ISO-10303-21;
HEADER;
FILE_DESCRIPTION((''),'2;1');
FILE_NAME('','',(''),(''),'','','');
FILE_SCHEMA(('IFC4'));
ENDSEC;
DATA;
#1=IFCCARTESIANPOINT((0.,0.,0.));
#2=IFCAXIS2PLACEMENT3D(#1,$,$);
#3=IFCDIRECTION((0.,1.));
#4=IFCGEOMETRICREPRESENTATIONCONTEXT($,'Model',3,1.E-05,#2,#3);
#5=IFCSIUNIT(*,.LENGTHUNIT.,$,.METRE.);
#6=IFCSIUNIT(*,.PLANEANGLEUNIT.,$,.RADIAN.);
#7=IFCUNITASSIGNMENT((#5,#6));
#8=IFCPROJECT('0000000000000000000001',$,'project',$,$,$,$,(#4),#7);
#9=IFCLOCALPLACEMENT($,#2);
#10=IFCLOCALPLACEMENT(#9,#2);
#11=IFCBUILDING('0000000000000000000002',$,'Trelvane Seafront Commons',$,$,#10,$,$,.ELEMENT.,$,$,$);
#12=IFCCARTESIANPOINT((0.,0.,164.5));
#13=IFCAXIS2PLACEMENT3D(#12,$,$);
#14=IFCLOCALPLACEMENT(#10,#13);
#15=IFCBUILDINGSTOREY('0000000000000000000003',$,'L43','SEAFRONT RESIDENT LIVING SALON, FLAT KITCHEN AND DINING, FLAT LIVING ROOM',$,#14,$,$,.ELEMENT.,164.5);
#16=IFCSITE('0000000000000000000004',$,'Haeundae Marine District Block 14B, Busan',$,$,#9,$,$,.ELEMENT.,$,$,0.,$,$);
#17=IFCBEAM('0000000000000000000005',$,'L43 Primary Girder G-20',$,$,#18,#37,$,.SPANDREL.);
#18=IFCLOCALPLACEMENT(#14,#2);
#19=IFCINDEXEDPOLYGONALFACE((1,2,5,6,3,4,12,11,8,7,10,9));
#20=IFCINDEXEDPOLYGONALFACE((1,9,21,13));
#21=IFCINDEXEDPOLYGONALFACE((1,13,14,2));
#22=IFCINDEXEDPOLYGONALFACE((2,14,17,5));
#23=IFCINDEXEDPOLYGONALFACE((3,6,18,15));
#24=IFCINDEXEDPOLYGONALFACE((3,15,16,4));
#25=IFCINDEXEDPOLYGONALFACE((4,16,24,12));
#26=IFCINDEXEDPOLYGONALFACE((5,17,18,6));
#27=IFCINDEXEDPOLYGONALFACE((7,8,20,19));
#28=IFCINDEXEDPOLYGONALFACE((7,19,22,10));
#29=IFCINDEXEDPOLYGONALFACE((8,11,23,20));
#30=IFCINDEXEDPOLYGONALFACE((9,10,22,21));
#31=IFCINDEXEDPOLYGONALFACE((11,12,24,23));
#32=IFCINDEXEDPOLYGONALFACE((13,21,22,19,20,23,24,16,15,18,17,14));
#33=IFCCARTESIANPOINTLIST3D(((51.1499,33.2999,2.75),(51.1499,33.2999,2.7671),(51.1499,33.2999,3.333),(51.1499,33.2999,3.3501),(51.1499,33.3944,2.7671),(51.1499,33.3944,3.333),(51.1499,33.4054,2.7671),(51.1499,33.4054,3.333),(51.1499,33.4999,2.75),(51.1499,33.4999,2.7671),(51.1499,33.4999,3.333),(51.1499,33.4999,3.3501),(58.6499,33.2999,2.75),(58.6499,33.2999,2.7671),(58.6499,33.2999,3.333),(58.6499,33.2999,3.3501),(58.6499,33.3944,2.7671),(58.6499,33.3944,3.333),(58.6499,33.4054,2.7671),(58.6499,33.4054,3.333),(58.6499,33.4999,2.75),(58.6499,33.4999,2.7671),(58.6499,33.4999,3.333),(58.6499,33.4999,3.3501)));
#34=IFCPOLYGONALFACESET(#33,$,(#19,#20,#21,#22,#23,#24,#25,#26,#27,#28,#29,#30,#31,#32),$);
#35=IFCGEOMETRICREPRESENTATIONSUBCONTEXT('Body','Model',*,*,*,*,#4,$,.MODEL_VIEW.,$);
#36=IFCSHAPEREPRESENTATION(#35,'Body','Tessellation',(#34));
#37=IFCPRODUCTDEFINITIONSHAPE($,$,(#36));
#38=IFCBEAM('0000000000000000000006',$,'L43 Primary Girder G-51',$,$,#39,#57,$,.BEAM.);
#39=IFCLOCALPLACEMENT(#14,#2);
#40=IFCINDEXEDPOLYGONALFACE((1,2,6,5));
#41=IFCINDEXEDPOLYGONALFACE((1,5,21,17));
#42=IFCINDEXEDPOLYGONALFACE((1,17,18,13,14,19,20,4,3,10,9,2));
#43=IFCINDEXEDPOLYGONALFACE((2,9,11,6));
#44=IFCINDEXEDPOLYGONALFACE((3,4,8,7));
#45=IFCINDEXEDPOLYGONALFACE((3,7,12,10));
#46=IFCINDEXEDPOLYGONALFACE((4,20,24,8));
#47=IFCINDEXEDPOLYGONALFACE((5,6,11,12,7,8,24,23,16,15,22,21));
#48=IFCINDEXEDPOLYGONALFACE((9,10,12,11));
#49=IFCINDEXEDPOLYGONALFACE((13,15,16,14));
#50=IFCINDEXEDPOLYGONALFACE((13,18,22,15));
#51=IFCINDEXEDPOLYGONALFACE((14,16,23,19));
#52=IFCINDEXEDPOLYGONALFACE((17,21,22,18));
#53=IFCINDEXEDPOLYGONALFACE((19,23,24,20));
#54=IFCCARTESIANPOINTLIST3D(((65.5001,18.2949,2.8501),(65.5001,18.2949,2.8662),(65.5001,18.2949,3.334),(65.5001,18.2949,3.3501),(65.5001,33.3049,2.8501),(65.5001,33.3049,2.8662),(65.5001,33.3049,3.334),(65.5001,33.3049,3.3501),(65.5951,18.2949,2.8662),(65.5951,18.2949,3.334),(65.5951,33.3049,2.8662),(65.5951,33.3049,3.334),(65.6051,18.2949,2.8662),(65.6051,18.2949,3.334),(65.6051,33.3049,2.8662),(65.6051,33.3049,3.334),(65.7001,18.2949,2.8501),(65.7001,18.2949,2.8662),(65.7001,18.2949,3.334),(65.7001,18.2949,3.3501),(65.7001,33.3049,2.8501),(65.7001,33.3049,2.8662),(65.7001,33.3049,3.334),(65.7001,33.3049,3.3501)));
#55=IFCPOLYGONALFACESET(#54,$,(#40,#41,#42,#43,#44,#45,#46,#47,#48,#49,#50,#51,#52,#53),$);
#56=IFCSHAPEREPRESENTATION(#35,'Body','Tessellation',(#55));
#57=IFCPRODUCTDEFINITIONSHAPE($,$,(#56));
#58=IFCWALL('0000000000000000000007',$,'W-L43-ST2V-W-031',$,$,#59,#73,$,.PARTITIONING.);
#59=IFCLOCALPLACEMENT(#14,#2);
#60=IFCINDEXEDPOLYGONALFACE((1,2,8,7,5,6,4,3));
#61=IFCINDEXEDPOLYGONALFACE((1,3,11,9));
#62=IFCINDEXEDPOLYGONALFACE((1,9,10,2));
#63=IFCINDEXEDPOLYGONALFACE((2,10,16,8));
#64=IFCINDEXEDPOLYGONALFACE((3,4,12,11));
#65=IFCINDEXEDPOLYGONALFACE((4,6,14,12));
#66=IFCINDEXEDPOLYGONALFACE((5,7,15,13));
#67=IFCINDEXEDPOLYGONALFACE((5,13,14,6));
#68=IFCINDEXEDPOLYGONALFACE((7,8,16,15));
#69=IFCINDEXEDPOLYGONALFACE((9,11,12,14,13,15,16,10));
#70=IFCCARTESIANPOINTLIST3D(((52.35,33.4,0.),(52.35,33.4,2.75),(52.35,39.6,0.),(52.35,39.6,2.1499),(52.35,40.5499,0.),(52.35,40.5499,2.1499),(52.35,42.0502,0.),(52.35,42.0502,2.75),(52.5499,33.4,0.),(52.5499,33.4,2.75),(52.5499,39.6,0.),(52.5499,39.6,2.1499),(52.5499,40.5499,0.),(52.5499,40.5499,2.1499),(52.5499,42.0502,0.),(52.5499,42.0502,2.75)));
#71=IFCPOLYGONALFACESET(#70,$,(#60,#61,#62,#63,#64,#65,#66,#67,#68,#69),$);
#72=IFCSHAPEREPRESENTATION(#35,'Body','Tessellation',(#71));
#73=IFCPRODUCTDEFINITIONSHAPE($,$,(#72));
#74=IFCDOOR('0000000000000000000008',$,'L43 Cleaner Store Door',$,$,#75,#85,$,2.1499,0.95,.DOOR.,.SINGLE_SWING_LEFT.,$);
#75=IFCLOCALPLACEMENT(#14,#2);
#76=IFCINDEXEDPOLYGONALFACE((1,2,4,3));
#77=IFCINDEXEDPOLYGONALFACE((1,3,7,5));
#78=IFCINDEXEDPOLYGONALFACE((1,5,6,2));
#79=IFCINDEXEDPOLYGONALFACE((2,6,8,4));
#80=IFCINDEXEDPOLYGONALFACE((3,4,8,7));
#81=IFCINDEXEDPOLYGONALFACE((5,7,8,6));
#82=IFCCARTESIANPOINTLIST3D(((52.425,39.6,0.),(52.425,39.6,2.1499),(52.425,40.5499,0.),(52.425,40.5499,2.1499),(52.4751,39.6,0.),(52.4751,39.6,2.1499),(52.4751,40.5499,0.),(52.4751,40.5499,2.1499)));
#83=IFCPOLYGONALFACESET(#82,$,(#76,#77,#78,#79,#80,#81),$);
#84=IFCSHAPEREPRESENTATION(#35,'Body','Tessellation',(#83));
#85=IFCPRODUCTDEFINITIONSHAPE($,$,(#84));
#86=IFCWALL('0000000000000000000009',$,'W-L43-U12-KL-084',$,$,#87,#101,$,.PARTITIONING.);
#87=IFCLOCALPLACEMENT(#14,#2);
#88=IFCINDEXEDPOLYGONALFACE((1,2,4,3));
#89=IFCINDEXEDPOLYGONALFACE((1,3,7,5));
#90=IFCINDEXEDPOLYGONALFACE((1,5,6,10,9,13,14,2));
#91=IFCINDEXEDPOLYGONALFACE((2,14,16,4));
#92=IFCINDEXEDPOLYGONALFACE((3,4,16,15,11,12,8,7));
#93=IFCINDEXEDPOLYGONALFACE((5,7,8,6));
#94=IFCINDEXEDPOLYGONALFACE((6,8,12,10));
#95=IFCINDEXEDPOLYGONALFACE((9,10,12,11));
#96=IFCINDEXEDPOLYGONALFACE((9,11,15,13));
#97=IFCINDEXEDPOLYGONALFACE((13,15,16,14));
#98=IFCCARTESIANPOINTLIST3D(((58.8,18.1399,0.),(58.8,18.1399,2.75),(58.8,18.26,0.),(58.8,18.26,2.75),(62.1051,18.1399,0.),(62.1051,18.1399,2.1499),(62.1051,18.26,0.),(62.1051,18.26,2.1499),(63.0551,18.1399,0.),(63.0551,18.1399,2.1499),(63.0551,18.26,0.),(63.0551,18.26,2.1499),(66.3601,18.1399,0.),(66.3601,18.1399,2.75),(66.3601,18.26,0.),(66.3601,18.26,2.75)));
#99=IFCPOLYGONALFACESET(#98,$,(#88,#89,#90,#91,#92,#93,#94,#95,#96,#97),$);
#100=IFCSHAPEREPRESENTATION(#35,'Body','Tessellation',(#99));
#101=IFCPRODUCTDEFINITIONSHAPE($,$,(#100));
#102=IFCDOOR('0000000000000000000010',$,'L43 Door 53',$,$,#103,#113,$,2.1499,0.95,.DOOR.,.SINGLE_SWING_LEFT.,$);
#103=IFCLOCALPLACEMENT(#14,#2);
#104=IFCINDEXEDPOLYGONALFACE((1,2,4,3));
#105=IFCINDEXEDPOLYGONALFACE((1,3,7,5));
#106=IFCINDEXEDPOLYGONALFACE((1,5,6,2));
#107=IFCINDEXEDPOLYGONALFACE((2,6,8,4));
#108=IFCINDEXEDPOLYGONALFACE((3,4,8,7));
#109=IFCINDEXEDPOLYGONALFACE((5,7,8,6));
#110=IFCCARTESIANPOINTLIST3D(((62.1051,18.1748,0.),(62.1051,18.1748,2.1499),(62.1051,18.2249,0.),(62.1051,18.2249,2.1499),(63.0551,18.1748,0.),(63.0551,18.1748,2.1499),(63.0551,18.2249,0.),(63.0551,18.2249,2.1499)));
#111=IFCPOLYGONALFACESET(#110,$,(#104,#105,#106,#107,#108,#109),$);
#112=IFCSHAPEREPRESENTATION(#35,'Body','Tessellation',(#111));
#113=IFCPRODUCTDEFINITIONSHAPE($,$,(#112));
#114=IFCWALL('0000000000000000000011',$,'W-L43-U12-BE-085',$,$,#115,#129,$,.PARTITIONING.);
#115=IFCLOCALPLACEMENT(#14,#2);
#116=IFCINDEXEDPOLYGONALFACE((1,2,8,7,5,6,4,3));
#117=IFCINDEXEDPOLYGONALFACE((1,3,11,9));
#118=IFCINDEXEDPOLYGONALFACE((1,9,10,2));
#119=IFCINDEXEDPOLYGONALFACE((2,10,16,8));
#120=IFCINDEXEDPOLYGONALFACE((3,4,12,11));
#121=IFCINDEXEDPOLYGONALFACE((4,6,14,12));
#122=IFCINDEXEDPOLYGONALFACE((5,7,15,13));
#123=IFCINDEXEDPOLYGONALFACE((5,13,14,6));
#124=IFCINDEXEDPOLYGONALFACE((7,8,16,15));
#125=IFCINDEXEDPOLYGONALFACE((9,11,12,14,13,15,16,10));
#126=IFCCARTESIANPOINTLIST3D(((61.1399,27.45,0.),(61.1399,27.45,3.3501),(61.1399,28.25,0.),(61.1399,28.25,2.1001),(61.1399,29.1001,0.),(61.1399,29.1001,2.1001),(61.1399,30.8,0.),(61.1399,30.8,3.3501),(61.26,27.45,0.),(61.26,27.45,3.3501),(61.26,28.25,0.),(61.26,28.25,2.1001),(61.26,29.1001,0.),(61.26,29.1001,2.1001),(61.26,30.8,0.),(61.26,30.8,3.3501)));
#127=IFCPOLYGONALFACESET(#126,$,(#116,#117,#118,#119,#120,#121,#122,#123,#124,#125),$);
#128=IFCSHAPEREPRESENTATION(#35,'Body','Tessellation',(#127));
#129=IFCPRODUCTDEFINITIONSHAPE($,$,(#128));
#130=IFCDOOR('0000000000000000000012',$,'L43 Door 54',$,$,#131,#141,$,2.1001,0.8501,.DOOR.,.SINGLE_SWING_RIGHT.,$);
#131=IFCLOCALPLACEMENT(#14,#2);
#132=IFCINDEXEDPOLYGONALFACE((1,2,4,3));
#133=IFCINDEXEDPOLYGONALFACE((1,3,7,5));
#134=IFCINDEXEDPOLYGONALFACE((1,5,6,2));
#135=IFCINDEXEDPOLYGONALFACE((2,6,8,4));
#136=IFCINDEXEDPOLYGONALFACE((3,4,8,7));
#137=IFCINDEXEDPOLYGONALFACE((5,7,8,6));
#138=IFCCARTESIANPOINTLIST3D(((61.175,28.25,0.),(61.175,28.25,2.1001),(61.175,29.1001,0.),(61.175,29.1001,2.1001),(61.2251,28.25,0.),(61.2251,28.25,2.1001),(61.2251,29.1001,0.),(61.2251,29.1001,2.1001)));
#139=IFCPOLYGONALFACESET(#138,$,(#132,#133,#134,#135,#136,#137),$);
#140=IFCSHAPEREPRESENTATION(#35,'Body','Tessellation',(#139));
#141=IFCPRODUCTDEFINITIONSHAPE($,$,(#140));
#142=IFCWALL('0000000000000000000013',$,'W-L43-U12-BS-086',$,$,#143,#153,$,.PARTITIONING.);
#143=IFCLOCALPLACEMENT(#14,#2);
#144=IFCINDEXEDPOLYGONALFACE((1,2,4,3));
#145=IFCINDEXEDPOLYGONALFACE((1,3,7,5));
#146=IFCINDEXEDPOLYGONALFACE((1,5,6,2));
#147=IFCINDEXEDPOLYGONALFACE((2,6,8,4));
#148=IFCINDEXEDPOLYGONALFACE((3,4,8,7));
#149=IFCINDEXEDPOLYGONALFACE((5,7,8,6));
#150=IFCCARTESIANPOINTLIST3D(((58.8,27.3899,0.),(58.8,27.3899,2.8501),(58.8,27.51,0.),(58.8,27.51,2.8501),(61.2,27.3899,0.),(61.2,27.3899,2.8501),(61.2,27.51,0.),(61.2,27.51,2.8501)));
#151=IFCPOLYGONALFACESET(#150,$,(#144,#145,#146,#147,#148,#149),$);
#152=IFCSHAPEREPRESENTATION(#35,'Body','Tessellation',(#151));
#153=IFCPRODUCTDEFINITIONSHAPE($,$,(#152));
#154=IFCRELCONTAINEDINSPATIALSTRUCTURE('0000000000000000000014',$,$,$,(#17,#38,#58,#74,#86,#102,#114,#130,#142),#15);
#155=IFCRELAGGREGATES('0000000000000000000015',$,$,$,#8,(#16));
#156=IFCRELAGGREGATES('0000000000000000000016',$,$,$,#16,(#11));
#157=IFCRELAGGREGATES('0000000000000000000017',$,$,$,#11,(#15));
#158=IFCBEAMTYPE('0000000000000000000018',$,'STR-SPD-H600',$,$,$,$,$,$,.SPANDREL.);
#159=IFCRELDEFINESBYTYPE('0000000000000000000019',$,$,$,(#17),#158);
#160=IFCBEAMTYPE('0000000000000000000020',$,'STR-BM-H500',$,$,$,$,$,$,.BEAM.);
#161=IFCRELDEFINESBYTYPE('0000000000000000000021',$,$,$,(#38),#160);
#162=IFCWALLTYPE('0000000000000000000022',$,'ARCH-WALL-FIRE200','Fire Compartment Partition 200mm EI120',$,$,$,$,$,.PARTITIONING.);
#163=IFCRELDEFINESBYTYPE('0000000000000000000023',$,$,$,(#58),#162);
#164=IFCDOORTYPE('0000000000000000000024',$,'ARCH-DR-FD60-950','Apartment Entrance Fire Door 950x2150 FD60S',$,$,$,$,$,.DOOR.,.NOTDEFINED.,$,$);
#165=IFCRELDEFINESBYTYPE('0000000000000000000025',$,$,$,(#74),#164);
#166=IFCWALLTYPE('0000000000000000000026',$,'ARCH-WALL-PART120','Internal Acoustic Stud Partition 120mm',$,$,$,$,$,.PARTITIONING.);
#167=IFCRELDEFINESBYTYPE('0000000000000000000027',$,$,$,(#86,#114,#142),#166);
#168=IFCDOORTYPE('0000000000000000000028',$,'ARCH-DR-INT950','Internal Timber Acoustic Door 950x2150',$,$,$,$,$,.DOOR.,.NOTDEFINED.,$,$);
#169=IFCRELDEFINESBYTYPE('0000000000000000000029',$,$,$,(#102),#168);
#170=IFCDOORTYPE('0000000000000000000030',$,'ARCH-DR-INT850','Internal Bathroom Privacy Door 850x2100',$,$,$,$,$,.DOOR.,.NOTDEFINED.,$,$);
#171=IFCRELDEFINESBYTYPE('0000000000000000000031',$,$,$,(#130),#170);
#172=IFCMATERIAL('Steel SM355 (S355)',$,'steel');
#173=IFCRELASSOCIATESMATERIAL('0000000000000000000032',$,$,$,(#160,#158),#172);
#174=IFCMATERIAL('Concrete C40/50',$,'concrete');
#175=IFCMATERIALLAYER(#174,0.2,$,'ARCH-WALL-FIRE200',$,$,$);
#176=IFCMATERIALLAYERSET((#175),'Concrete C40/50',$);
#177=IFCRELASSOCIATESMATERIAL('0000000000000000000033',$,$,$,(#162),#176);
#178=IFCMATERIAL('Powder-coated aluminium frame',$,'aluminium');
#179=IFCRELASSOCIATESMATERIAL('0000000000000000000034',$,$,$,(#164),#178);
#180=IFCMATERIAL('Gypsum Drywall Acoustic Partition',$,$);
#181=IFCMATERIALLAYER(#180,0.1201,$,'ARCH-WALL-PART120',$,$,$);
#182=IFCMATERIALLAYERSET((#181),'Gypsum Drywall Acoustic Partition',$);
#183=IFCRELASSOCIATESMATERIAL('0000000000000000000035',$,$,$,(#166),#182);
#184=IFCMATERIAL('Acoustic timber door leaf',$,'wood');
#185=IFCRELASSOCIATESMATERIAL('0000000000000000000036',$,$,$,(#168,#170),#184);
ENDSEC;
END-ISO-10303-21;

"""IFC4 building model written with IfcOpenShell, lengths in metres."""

from ifc_helpers import new_model, si_unit, direction, frame, frame_2d, origin, origin_2d, place, context, subcontext, project, spatial, rectangle, i_section, extrude, source, transform, mapped, material, layer, layer_set, material_profile, profile_set, type_object, element, fill, save


model = new_model("IFC4")

# Units and contexts
model_context = context("Model", 3, precision=1e-05, world=origin(), true_north=direction((0.0, 1.0)))
body_context = subcontext(model_context, "Body", "Model", "MODEL_VIEW")
ifc_project = project(units=[si_unit("LENGTHUNIT", "METRE"), si_unit("PLANEANGLEUNIT", "RADIAN")], contexts=[model_context])

# Site, building, storey
site_placement = place(None, origin())
site = spatial("IfcSite", under=ifc_project, at=site_placement, Name="Haeundae Marine District Block 14B, Busan", CompositionType="ELEMENT", RefElevation=0.0)
building_placement = place(site_placement, origin())
building = spatial("IfcBuilding", under=site, at=building_placement, Name="Trelvane Seafront Commons", CompositionType="ELEMENT")
storey_placement = place(building_placement, frame((0.0, 0.0, 164.5)))
storey = spatial("IfcBuildingStorey", under=building, at=storey_placement, Name="L43", Description="SEAFRONT RESIDENT LIVING SALON, FLAT KITCHEN AND DINING, FLAT LIVING ROOM", CompositionType="ELEMENT", Elevation=164.5)

# Shared definitions
ifc_material_1 = material(Name="Steel SM355 (S355)", Category="steel")

# Beams
ifc_material_profile_1 = material_profile(ifc_material_1, i_section(OverallWidth=0.2, OverallDepth=0.5, WebThickness=0.01, FlangeThickness=0.0161, at=origin_2d()), Name="H-500x200x10x16")
ifc_profile_set_1 = profile_set([ifc_material_profile_1], Name="Steel SM355 (S355)")
beam_type_1 = type_object("IfcBeamType", Name="STR-BM-H500", PredefinedType="BEAM", material=ifc_profile_set_1)
ifc_material_profile_2 = material_profile(ifc_material_1, i_section(OverallWidth=0.2, OverallDepth=0.6001, WebThickness=0.011, FlangeThickness=0.0171, at=origin_2d()), Name="H-600x200x11x17")
ifc_profile_set_2 = profile_set([ifc_material_profile_2], Name="Steel SM355 (S355)")
beam_type_2 = type_object("IfcBeamType", Name="STR-SPD-H600", PredefinedType="SPANDREL", material=ifc_profile_set_2)
shared_shape_1 = source(origin(), body_context, "Body", "SweptSolid", [
    extrude(i_section(OverallWidth=0.2, OverallDepth=0.6001, WebThickness=0.011, FlangeThickness=0.0171, at=origin_2d()), origin(), (0.0, 0.0, 1.0), 7.5),
])
beam_1_placement = place(storey_placement, frame((51.1499, 33.3999, 3.05), z_axis=(1.0, 0.0, 0.0), x_axis=(0.0, 1.0, 0.0)))
element("IfcBeam", 1, at=beam_1_placement, inside=storey, type_object=beam_type_2, Name="L43 Primary Girder G-20", PredefinedType="SPANDREL", context=body_context, shape_type="MappedRepresentation", body=[
    mapped(shared_shape_1, transform((0.0, 0.0, 0.0), x_axis=(1.0, 0.0, 0.0), y_axis=(0.0, 1.0, 0.0), z_axis=(0.0, 0.0, 1.0), scale=1.0)),
])
shared_shape_2 = source(origin(), body_context, "Body", "SweptSolid", [
    extrude(i_section(OverallWidth=0.2, OverallDepth=0.5, WebThickness=0.01, FlangeThickness=0.0161, at=origin_2d()), origin(), (0.0, 0.0, 1.0), 15.01),
])
beam_2_placement = place(storey_placement, frame((65.6001, 18.2949, 3.1001), z_axis=(0.0, 1.0, 0.0), x_axis=(-1.0, 0.0, 0.0)))
element("IfcBeam", 2, at=beam_2_placement, inside=storey, type_object=beam_type_1, Name="L43 Primary Girder G-51", PredefinedType="BEAM", context=body_context, shape_type="MappedRepresentation", body=[
    mapped(shared_shape_2, transform((0.0, 0.0, 0.0), x_axis=(1.0, 0.0, 0.0), y_axis=(0.0, 1.0, 0.0), z_axis=(0.0, 0.0, 1.0), scale=1.0)),
])

# Walls, openings, doors
ifc_material_2 = material(Name="Concrete C40/50", Category="concrete")
ifc_layer_1 = layer(ifc_material_2, 0.2, Name="ARCH-WALL-FIRE200")
ifc_layer_set_1 = layer_set([ifc_layer_1], Name="Concrete C40/50")
wall_type_1 = type_object("IfcWallType", Name="ARCH-WALL-FIRE200", Description="Fire Compartment Partition 200mm EI120", PredefinedType="PARTITIONING", material=ifc_layer_set_1)
wall_1_placement = place(storey_placement, frame((52.45, 33.3999, 0.0), z_axis=(0.0, 0.0, 1.0), x_axis=(0.0, 1.0, 0.0)))
wall_1 = element("IfcWall", 3, at=wall_1_placement, inside=storey, type_object=wall_type_1, Name="W-L43-ST2V-W-031", PredefinedType="PARTITIONING", context=body_context, shape_type="SweptSolid", body=[
    extrude(rectangle(XDim=8.6501, YDim=0.2, at=frame_2d((4.3252, 0.0))), origin(), (0.0, 0.0, 1.0), 2.75),
])
opening_1_placement = place(wall_1_placement, frame((6.2, 0.0, 0.0)))
opening_1 = element("IfcOpeningElement", 4, at=opening_1_placement, cuts=wall_1, PredefinedType="OPENING", context=body_context, shape_type="SweptSolid", body=[
    extrude(rectangle(XDim=0.95, YDim=2.1499, at=frame_2d((0.4751, 1.075))), frame((0.0, 0.1099, 0.0), z_axis=(0.0, -1.0, 0.0), x_axis=(1.0, 0.0, 0.0)), (0.0, 0.0, 1.0), 0.22),
])
ifc_material_3 = material(Name="Powder-coated aluminium frame", Category="aluminium")
door_type_1 = type_object("IfcDoorType", Name="ARCH-DR-FD60-950", Description="Apartment Entrance Fire Door 950x2150 FD60S", OperationType="NOTDEFINED", PredefinedType="DOOR", material=ifc_material_3)
shared_shape_3 = source(origin(), body_context, "Body", "SweptSolid", [
    extrude(rectangle(XDim=0.95, YDim=2.1499, at=frame_2d((0.4751, 1.075))), frame((0.0, 0.0249, 0.0), z_axis=(0.0, -1.0, 0.0), x_axis=(1.0, 0.0, 0.0)), (0.0, 0.0, 1.0), 0.05),
])
door_1_placement = place(opening_1_placement, origin())
door_1 = element("IfcDoor", 5, at=door_1_placement, inside=storey, type_object=door_type_1, Name="L43 Cleaner Store Door", OperationType="SINGLE_SWING_LEFT", OverallHeight=2.1499, OverallWidth=0.95, PredefinedType="DOOR", context=body_context, shape_type="MappedRepresentation", body=[
    mapped(shared_shape_3, transform((0.0, 0.0, 0.0), x_axis=(1.0, 0.0, 0.0), y_axis=(0.0, 1.0, 0.0), z_axis=(0.0, 0.0, 1.0), scale=1.0)),
])
fill(opening_1, door_1)
ifc_material_4 = material(Name="Gypsum Drywall Acoustic Partition")
ifc_layer_2 = layer(ifc_material_4, 0.1201, Name="ARCH-WALL-PART120")
ifc_layer_set_2 = layer_set([ifc_layer_2], Name="Gypsum Drywall Acoustic Partition")
wall_type_2 = type_object("IfcWallType", Name="ARCH-WALL-PART120", Description="Internal Acoustic Stud Partition 120mm", PredefinedType="PARTITIONING", material=ifc_layer_set_2)
ifc_material_5 = material(Name="Acoustic timber door leaf", Category="wood")
door_type_2 = type_object("IfcDoorType", Name="ARCH-DR-INT950", Description="Internal Timber Acoustic Door 950x2150", OperationType="NOTDEFINED", PredefinedType="DOOR", material=ifc_material_5)
wall_2_placement = place(storey_placement, frame((58.8, 18.2, 0.0), z_axis=(0.0, 0.0, 1.0), x_axis=(1.0, 0.0, 0.0)))
wall_2 = element("IfcWall", 6, at=wall_2_placement, inside=storey, type_object=wall_type_2, Name="W-L43-U12-KL-084", PredefinedType="PARTITIONING", context=body_context, shape_type="SweptSolid", body=[
    extrude(rectangle(XDim=7.5601, YDim=0.1201, at=frame_2d((3.78, 0.0))), origin(), (0.0, 0.0, 1.0), 2.75),
])
opening_2_placement = place(wall_2_placement, frame((3.3049, 0.0, 0.0)))
opening_2 = element("IfcOpeningElement", 7, at=opening_2_placement, cuts=wall_2, PredefinedType="OPENING", context=body_context, shape_type="SweptSolid", body=[
    extrude(rectangle(XDim=0.95, YDim=2.1499, at=frame_2d((0.4751, 1.075))), frame((0.0, 0.0701, 0.0), z_axis=(0.0, -1.0, 0.0), x_axis=(1.0, 0.0, 0.0)), (0.0, 0.0, 1.0), 0.1401),
])
door_2_placement = place(opening_2_placement, origin())
door_2 = element("IfcDoor", 8, at=door_2_placement, inside=storey, type_object=door_type_2, Name="L43 Door 53", OperationType="SINGLE_SWING_LEFT", OverallHeight=2.1499, OverallWidth=0.95, PredefinedType="DOOR", context=body_context, shape_type="MappedRepresentation", body=[
    mapped(shared_shape_3, transform((0.0, 0.0, 0.0), x_axis=(1.0, 0.0, 0.0), y_axis=(0.0, 1.0, 0.0), z_axis=(0.0, 0.0, 1.0), scale=1.0)),
])
fill(opening_2, door_2)
wall_3_placement = place(storey_placement, frame((61.2, 27.45, 0.0), z_axis=(0.0, 0.0, 1.0), x_axis=(0.0, 1.0, 0.0)))
wall_3 = element("IfcWall", 9, at=wall_3_placement, inside=storey, type_object=wall_type_2, Name="W-L43-U12-BE-085", PredefinedType="PARTITIONING", context=body_context, shape_type="SweptSolid", body=[
    extrude(rectangle(XDim=3.3501, YDim=0.1201, at=frame_2d((1.675, 0.0))), origin(), (0.0, 0.0, 1.0), 3.3501),
])
opening_3_placement = place(wall_3_placement, frame((0.8, 0.0, 0.0)))
opening_3 = element("IfcOpeningElement", 10, at=opening_3_placement, cuts=wall_3, PredefinedType="OPENING", context=body_context, shape_type="SweptSolid", body=[
    extrude(rectangle(XDim=0.8501, YDim=2.1001, at=frame_2d((0.425, 1.05))), frame((0.0, 0.0701, 0.0), z_axis=(0.0, -1.0, 0.0), x_axis=(1.0, 0.0, 0.0)), (0.0, 0.0, 1.0), 0.1401),
])
door_type_3 = type_object("IfcDoorType", Name="ARCH-DR-INT850", Description="Internal Bathroom Privacy Door 850x2100", OperationType="NOTDEFINED", PredefinedType="DOOR", material=ifc_material_5)
shared_shape_4 = source(origin(), body_context, "Body", "SweptSolid", [
    extrude(rectangle(XDim=0.8501, YDim=2.1001, at=frame_2d((0.425, 1.05))), frame((0.0, 0.0249, 0.0), z_axis=(0.0, -1.0, 0.0), x_axis=(1.0, 0.0, 0.0)), (0.0, 0.0, 1.0), 0.05),
])
door_3_placement = place(opening_3_placement, origin())
door_3 = element("IfcDoor", 11, at=door_3_placement, inside=storey, type_object=door_type_3, Name="L43 Door 54", OperationType="SINGLE_SWING_RIGHT", OverallHeight=2.1001, OverallWidth=0.8501, PredefinedType="DOOR", context=body_context, shape_type="MappedRepresentation", body=[
    mapped(shared_shape_4, transform((0.0, 0.0, 0.0), x_axis=(1.0, 0.0, 0.0), y_axis=(0.0, 1.0, 0.0), z_axis=(0.0, 0.0, 1.0), scale=1.0)),
])
fill(opening_3, door_3)

# Wall
wall_4_placement = place(storey_placement, frame((58.8, 27.45, 0.0), z_axis=(0.0, 0.0, 1.0), x_axis=(1.0, 0.0, 0.0)))
element("IfcWall", 12, at=wall_4_placement, inside=storey, type_object=wall_type_2, Name="W-L43-U12-BS-086", PredefinedType="PARTITIONING", context=body_context, shape_type="SweptSolid", body=[
    extrude(rectangle(XDim=2.3999, YDim=0.1201, at=frame_2d((1.2, 0.0))), origin(), (0.0, 0.0, 1.0), 2.8501),
])

save(model, "model.ifc")
